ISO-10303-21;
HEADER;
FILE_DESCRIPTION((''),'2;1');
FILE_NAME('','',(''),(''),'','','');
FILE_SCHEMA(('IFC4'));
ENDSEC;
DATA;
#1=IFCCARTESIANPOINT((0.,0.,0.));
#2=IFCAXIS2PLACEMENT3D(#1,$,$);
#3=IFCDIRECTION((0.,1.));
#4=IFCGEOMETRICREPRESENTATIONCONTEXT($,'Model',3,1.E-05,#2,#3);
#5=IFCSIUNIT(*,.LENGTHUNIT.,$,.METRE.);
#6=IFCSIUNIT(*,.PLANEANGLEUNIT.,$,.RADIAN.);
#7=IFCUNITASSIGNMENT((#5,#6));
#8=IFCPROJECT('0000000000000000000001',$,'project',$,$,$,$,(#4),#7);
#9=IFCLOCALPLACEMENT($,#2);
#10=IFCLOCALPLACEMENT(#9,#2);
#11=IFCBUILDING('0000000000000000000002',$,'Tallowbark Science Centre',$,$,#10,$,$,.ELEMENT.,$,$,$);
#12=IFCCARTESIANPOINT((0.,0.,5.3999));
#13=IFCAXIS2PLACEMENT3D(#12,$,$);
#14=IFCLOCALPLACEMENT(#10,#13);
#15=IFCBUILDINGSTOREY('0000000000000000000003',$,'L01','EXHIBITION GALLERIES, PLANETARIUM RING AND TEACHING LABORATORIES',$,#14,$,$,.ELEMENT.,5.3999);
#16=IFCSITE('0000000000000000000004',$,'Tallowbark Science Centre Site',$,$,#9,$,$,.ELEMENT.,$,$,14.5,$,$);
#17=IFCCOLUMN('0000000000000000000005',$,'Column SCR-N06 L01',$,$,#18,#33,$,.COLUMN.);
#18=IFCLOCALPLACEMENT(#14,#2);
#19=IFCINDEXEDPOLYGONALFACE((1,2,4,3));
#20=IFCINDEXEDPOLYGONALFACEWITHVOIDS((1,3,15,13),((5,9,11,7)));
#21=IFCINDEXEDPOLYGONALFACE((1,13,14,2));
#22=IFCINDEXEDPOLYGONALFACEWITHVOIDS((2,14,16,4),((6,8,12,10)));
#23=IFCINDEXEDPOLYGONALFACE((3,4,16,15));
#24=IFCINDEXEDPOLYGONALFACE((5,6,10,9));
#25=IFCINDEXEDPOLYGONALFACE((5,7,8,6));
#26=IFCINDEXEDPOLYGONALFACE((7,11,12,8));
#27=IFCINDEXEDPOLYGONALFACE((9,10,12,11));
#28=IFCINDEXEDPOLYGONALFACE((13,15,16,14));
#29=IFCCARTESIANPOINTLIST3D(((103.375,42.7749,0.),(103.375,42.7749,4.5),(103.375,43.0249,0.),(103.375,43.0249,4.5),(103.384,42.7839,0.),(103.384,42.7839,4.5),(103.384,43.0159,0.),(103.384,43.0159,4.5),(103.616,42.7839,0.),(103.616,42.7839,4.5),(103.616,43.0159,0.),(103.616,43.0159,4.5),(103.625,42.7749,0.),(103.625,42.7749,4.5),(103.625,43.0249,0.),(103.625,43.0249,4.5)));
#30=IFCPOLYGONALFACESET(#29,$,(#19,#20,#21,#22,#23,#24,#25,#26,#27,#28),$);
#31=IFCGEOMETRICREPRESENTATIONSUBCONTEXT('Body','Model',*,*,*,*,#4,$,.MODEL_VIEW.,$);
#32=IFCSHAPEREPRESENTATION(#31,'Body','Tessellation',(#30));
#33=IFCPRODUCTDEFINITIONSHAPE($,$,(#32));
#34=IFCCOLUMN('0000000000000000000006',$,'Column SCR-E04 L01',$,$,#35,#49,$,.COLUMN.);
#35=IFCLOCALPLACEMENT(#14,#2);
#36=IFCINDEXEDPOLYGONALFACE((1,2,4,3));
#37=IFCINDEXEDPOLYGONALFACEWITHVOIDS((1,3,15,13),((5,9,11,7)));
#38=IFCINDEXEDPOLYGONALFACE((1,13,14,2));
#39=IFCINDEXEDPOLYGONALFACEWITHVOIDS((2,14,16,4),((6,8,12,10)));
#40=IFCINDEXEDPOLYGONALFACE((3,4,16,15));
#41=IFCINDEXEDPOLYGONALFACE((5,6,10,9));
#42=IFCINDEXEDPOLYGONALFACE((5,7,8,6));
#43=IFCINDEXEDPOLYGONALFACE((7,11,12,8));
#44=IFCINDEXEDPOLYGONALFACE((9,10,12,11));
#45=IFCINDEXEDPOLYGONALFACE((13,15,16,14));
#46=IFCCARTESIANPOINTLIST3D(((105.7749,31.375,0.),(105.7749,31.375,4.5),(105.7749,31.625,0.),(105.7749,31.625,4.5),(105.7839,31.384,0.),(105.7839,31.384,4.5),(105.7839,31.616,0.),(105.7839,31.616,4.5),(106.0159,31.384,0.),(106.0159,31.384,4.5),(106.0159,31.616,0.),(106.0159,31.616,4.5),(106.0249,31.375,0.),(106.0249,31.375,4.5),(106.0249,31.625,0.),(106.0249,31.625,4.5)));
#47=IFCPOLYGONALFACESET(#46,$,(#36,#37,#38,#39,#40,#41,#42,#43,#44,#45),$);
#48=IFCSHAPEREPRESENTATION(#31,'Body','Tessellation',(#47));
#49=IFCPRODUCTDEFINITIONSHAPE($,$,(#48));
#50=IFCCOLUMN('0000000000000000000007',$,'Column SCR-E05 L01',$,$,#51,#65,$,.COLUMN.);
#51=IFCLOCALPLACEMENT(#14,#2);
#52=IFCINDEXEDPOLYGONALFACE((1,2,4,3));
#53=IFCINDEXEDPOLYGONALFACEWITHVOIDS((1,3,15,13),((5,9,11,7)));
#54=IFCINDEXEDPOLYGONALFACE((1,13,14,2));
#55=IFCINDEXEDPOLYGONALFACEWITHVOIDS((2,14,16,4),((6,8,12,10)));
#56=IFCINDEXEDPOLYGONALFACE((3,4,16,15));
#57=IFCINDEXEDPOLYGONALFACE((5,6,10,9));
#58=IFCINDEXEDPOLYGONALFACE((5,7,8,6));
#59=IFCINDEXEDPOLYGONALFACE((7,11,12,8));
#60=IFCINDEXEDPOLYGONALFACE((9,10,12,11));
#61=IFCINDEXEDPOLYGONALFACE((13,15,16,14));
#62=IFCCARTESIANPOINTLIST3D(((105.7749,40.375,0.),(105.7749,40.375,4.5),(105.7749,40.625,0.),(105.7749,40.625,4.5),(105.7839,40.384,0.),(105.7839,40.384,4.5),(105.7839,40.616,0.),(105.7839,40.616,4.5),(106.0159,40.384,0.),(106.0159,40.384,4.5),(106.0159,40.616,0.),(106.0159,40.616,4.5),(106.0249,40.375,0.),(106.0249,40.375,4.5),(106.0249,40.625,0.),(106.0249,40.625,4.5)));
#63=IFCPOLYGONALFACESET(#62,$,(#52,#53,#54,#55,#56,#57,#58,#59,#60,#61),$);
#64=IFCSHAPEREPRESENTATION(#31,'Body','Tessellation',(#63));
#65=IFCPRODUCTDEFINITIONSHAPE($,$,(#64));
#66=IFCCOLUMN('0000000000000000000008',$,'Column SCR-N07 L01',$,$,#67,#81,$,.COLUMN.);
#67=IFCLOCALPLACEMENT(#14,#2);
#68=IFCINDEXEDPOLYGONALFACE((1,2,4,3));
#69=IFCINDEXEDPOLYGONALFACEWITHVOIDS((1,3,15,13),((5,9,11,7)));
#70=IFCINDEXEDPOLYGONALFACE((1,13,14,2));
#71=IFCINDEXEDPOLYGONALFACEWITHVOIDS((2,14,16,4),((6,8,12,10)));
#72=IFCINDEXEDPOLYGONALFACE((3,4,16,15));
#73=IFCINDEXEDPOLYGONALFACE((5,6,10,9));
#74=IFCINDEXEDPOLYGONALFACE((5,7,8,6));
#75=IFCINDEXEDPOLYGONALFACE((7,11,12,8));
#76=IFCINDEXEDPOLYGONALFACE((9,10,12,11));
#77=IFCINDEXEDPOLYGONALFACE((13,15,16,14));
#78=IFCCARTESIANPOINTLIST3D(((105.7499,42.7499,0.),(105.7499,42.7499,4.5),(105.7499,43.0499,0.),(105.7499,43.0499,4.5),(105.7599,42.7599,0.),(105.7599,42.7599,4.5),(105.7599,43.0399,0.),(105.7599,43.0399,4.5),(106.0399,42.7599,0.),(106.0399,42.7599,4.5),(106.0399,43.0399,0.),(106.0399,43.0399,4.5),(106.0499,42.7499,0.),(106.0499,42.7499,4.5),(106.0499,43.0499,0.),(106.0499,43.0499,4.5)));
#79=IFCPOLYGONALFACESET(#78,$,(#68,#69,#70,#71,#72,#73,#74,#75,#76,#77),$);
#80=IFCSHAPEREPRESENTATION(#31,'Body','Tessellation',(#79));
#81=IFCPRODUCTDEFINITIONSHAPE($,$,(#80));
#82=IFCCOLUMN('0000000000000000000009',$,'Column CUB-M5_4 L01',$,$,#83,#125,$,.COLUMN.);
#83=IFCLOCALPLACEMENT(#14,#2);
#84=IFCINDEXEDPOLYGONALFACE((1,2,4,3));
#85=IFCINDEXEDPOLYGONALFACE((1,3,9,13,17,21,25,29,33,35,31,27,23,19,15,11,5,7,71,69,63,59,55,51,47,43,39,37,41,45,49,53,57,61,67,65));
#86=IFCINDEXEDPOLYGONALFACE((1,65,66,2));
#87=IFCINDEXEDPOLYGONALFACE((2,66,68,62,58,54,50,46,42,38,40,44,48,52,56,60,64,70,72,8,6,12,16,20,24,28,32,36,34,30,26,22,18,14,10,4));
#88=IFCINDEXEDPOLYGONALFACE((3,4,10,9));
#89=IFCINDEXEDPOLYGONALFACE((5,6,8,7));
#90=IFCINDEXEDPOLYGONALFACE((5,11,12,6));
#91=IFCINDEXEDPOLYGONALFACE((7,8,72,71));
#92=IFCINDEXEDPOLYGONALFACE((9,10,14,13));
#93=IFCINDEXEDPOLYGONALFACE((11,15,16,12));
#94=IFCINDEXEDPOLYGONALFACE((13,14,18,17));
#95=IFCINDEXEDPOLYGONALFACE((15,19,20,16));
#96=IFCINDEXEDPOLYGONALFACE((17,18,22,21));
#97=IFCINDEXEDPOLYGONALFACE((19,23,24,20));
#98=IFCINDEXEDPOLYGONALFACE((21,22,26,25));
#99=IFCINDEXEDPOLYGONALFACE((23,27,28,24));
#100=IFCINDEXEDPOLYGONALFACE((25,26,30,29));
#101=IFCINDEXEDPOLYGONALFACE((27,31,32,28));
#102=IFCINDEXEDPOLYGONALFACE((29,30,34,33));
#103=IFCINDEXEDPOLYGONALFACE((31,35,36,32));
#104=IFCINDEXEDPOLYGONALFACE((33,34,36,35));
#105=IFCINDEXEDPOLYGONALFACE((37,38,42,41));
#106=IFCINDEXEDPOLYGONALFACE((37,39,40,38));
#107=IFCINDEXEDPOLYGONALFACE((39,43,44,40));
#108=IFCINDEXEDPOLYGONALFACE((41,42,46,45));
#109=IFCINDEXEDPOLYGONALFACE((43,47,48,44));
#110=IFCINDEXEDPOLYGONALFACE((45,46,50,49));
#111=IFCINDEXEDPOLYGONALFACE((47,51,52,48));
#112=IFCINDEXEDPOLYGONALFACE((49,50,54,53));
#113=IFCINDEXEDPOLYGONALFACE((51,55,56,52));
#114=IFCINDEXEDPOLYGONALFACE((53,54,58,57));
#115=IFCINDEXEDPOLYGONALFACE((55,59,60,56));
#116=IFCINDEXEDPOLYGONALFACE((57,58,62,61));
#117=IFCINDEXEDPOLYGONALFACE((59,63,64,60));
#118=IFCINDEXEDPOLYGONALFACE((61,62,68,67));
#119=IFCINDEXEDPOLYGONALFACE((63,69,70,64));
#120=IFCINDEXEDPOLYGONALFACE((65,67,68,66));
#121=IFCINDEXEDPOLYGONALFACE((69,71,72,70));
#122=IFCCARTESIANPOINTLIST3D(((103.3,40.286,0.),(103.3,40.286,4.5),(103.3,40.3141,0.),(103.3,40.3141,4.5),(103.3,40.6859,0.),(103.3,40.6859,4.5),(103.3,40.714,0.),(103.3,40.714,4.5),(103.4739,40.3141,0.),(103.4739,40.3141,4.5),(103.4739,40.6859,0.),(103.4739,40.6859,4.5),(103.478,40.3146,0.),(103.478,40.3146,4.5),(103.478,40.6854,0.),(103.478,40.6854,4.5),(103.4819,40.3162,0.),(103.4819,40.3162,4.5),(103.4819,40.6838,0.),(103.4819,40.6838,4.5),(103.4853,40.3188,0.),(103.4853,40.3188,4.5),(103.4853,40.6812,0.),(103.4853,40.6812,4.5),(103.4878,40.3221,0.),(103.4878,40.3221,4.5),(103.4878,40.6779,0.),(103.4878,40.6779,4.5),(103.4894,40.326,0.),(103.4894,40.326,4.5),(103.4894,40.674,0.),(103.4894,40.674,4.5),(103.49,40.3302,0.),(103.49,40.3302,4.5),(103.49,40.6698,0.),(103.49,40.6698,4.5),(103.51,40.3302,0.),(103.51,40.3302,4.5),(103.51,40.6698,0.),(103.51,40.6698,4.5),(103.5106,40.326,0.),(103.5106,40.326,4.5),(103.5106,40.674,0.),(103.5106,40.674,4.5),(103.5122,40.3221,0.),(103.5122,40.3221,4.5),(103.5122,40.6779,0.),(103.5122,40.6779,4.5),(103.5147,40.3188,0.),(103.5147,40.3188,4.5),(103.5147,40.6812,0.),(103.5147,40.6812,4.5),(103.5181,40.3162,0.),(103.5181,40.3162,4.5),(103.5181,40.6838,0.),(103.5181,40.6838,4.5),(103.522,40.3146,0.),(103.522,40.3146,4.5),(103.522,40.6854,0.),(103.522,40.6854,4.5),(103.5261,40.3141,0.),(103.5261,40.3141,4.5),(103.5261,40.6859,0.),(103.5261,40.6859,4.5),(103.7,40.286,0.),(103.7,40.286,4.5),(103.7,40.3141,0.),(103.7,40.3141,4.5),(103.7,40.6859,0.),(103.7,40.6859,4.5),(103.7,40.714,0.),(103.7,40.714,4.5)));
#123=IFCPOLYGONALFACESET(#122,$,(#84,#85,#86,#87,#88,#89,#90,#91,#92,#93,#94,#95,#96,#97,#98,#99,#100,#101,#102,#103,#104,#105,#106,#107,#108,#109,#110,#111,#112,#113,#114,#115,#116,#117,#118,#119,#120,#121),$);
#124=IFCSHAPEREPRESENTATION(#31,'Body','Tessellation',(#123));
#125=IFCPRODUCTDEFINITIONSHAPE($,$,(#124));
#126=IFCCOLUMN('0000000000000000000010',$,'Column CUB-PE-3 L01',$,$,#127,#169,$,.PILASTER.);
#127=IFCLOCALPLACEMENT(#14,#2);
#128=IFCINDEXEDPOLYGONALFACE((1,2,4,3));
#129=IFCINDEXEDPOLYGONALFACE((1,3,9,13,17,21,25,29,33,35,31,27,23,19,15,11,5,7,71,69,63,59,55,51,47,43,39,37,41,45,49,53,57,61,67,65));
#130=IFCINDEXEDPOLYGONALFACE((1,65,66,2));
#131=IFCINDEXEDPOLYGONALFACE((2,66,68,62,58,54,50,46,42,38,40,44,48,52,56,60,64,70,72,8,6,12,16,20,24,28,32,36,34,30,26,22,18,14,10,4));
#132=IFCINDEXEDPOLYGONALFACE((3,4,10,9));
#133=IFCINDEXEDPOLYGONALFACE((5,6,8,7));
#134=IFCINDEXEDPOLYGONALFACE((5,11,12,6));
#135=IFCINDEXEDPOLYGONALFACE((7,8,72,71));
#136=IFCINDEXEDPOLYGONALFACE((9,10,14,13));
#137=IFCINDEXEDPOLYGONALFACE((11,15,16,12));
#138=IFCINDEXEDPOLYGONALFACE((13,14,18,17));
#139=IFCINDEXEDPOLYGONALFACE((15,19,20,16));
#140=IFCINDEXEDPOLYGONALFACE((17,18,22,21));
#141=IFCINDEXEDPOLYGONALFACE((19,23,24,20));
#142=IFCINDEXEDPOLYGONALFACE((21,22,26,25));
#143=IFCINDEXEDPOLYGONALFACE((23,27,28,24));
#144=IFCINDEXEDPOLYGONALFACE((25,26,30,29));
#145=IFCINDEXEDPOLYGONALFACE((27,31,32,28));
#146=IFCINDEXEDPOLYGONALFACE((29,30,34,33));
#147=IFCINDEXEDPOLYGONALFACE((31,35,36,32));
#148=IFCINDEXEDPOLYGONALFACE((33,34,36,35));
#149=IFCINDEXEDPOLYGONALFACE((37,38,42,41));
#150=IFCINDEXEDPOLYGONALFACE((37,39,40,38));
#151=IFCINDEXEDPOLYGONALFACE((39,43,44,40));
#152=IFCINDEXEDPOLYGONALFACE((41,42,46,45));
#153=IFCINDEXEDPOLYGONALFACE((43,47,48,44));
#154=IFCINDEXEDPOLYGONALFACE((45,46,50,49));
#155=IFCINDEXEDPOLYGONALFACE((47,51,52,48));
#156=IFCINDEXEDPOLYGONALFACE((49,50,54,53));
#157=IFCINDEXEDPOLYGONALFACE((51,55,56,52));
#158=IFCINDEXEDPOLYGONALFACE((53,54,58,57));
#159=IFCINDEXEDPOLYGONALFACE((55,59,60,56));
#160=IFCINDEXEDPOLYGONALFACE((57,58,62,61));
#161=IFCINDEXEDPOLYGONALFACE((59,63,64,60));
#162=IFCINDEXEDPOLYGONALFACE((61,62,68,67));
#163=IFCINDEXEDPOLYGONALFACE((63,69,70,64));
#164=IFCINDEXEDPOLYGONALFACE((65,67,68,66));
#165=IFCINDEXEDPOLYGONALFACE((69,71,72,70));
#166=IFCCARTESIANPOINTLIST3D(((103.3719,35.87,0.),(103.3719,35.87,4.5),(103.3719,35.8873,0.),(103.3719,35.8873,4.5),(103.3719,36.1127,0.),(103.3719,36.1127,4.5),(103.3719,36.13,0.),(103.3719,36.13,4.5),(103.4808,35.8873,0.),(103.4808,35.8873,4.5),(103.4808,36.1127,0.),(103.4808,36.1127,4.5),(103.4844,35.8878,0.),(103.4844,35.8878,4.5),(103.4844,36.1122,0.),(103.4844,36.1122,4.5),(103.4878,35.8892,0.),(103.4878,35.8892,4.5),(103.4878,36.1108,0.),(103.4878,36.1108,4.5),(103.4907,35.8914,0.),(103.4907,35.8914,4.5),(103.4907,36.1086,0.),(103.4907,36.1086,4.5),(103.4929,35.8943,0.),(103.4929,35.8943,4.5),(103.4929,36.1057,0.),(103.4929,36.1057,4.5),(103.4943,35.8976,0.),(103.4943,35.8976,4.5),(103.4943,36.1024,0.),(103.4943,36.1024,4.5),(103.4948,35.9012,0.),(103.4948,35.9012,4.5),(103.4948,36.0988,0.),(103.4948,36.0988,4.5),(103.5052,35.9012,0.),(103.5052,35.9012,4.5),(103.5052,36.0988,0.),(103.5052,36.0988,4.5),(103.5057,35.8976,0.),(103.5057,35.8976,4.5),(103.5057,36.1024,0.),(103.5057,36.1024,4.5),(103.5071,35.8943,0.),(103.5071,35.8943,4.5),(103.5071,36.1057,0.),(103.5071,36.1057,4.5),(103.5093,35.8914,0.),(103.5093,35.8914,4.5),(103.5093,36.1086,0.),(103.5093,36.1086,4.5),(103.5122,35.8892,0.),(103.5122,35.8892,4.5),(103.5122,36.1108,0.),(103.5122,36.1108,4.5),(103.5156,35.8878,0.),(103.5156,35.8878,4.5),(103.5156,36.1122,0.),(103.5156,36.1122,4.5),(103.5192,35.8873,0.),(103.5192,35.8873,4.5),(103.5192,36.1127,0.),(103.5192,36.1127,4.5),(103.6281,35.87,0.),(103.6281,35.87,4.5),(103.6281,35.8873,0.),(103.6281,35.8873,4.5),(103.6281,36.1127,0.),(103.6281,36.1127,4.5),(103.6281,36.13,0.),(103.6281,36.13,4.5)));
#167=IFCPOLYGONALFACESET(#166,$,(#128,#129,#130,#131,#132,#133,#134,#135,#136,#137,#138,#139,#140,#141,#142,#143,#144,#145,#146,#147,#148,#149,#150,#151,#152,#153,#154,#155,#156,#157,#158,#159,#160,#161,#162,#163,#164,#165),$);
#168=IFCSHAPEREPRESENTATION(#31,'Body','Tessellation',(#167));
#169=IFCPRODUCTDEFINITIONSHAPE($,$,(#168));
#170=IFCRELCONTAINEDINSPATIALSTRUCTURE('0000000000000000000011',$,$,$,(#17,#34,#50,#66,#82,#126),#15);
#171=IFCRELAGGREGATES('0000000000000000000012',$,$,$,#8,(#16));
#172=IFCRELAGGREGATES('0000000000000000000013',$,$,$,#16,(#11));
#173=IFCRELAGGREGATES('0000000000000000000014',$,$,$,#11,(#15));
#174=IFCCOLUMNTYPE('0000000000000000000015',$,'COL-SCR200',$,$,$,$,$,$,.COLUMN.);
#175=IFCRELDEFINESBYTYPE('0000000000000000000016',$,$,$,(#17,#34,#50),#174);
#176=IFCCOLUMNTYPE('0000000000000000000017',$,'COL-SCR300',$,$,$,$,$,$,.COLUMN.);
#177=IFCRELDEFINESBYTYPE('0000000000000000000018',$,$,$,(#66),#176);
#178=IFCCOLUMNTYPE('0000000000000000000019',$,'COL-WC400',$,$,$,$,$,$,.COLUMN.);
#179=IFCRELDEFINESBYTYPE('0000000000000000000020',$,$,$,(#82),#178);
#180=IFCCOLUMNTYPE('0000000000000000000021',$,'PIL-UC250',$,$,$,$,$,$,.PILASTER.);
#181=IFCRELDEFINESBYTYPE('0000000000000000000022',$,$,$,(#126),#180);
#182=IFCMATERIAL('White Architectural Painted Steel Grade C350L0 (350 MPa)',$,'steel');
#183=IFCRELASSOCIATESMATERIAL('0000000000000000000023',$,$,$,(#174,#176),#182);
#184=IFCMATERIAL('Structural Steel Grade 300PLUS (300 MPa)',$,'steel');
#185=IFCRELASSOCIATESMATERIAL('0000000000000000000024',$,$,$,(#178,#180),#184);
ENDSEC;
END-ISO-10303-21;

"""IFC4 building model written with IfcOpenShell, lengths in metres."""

from ifc_helpers import new_model, si_unit, direction, frame, origin, origin_2d, place, context, subcontext, project, spatial, hollow_rectangle, i_section, extrude, material, material_profile, profile_set, type_object, element, save


model = new_model("IFC4")

# Units and contexts
model_context = context("Model", 3, precision=1e-05, world=origin(), true_north=direction((0.0, 1.0)))
body_context = subcontext(model_context, "Body", "Model", "MODEL_VIEW")
ifc_project = project(units=[si_unit("LENGTHUNIT", "METRE"), si_unit("PLANEANGLEUNIT", "RADIAN")], contexts=[model_context])

# Site, building, storey
site_placement = place(None, origin())
site = spatial("IfcSite", under=ifc_project, at=site_placement, Name="Tallowbark Science Centre Site", CompositionType="ELEMENT", RefElevation=14.5)
building_placement = place(site_placement, origin())
building = spatial("IfcBuilding", under=site, at=building_placement, Name="Tallowbark Science Centre", CompositionType="ELEMENT")
storey_placement = place(building_placement, frame((0.0, 0.0, 5.3999)))
storey = spatial("IfcBuildingStorey", under=building, at=storey_placement, Name="L01", Description="EXHIBITION GALLERIES, PLANETARIUM RING AND TEACHING LABORATORIES", CompositionType="ELEMENT", Elevation=5.3999)

# Columns
ifc_material_1 = material(Name="White Architectural Painted Steel Grade C350L0 (350 MPa)", Category="steel")
ifc_material_profile_1 = material_profile(ifc_material_1, hollow_rectangle(XDim=0.25, YDim=0.25, WallThickness=0.009, at=origin_2d()), Name="250x250x9.0SHS")
ifc_profile_set_1 = profile_set([ifc_material_profile_1], Name="White Architectural Painted Steel Grade C350L0 (350 MPa)")
column_type_1 = type_object("IfcColumnType", Name="COL-SCR200", PredefinedType="COLUMN", material=ifc_profile_set_1)
for number, where, z_axis, x_axis, name in (
    (1, (103.5, 42.8999, 0.0), (0.0, 0.0, 1.0), (1.0, 0.0, 0.0), "Column SCR-N06 L01"),
    (2, (105.8999, 31.5, 0.0), (0.0, 0.0, 1.0), (1.0, 0.0, 0.0), "Column SCR-E04 L01"),
    (3, (105.8999, 40.5, 0.0), (0.0, 0.0, 1.0), (1.0, 0.0, 0.0), "Column SCR-E05 L01"),
):
    element("IfcColumn", number, at=place(storey_placement, frame(where, z_axis=z_axis, x_axis=x_axis)), inside=storey, type_object=column_type_1, Name=name, PredefinedType="COLUMN", context=body_context, shape_type="SweptSolid", body=[
        extrude(hollow_rectangle(XDim=0.25, YDim=0.25, WallThickness=0.009, at=origin_2d()), origin(), (0.0, 0.0, 1.0), 4.5),
    ])
ifc_material_profile_2 = material_profile(ifc_material_1, hollow_rectangle(XDim=0.3, YDim=0.3, WallThickness=0.01, at=origin_2d()), Name="300x300x10.0SHS")
ifc_profile_set_2 = profile_set([ifc_material_profile_2], Name="White Architectural Painted Steel Grade C350L0 (350 MPa)")
column_type_2 = type_object("IfcColumnType", Name="COL-SCR300", PredefinedType="COLUMN", material=ifc_profile_set_2)
column_1_placement = place(storey_placement, frame((105.8999, 42.8999, 0.0), z_axis=(0.0, 0.0, 1.0), x_axis=(1.0, 0.0, 0.0)))
element("IfcColumn", 4, at=column_1_placement, inside=storey, type_object=column_type_2, Name="Column SCR-N07 L01", PredefinedType="COLUMN", context=body_context, shape_type="SweptSolid", body=[
    extrude(hollow_rectangle(XDim=0.3, YDim=0.3, WallThickness=0.01, at=origin_2d()), origin(), (0.0, 0.0, 1.0), 4.5),
])
ifc_material_2 = material(Name="Structural Steel Grade 300PLUS (300 MPa)", Category="steel")
ifc_material_profile_3 = material_profile(ifc_material_2, i_section(OverallWidth=0.3999, OverallDepth=0.428, WebThickness=0.02, FlangeThickness=0.0281, FilletRadius=0.0161, at=origin_2d()), Name="400WC270")
ifc_profile_set_3 = profile_set([ifc_material_profile_3], Name="Structural Steel Grade 300PLUS (300 MPa)")
column_type_3 = type_object("IfcColumnType", Name="COL-WC400", PredefinedType="COLUMN", material=ifc_profile_set_3)
column_2_placement = place(storey_placement, frame((103.5, 40.5, 0.0), z_axis=(0.0, 0.0, 1.0), x_axis=(1.0, 0.0, 0.0)))
element("IfcColumn", 5, at=column_2_placement, inside=storey, type_object=column_type_3, Name="Column CUB-M5_4 L01", PredefinedType="COLUMN", context=body_context, shape_type="SweptSolid", body=[
    extrude(i_section(OverallWidth=0.3999, OverallDepth=0.428, WebThickness=0.02, FlangeThickness=0.0281, FilletRadius=0.0161, at=origin_2d()), origin(), (0.0, 0.0, 1.0), 4.5),
])
ifc_material_profile_4 = material_profile(ifc_material_2, i_section(OverallWidth=0.2561, OverallDepth=0.26, WebThickness=0.0105, FlangeThickness=0.0173, FilletRadius=0.0139, at=origin_2d()), Name="250UC89.5")
ifc_profile_set_4 = profile_set([ifc_material_profile_4], Name="Structural Steel Grade 300PLUS (300 MPa)")
column_type_4 = type_object("IfcColumnType", Name="PIL-UC250", PredefinedType="PILASTER", material=ifc_profile_set_4)
column_3_placement = place(storey_placement, frame((103.5, 36.0, 0.0), z_axis=(0.0, 0.0, 1.0), x_axis=(1.0, 0.0, 0.0)))
element("IfcColumn", 6, at=column_3_placement, inside=storey, type_object=column_type_4, Name="Column CUB-PE-3 L01", PredefinedType="PILASTER", context=body_context, shape_type="SweptSolid", body=[
    extrude(i_section(OverallWidth=0.2561, OverallDepth=0.26, WebThickness=0.0105, FlangeThickness=0.0173, FilletRadius=0.0139, at=origin_2d()), origin(), (0.0, 0.0, 1.0), 4.5),
])

save(model, "model.ifc")
